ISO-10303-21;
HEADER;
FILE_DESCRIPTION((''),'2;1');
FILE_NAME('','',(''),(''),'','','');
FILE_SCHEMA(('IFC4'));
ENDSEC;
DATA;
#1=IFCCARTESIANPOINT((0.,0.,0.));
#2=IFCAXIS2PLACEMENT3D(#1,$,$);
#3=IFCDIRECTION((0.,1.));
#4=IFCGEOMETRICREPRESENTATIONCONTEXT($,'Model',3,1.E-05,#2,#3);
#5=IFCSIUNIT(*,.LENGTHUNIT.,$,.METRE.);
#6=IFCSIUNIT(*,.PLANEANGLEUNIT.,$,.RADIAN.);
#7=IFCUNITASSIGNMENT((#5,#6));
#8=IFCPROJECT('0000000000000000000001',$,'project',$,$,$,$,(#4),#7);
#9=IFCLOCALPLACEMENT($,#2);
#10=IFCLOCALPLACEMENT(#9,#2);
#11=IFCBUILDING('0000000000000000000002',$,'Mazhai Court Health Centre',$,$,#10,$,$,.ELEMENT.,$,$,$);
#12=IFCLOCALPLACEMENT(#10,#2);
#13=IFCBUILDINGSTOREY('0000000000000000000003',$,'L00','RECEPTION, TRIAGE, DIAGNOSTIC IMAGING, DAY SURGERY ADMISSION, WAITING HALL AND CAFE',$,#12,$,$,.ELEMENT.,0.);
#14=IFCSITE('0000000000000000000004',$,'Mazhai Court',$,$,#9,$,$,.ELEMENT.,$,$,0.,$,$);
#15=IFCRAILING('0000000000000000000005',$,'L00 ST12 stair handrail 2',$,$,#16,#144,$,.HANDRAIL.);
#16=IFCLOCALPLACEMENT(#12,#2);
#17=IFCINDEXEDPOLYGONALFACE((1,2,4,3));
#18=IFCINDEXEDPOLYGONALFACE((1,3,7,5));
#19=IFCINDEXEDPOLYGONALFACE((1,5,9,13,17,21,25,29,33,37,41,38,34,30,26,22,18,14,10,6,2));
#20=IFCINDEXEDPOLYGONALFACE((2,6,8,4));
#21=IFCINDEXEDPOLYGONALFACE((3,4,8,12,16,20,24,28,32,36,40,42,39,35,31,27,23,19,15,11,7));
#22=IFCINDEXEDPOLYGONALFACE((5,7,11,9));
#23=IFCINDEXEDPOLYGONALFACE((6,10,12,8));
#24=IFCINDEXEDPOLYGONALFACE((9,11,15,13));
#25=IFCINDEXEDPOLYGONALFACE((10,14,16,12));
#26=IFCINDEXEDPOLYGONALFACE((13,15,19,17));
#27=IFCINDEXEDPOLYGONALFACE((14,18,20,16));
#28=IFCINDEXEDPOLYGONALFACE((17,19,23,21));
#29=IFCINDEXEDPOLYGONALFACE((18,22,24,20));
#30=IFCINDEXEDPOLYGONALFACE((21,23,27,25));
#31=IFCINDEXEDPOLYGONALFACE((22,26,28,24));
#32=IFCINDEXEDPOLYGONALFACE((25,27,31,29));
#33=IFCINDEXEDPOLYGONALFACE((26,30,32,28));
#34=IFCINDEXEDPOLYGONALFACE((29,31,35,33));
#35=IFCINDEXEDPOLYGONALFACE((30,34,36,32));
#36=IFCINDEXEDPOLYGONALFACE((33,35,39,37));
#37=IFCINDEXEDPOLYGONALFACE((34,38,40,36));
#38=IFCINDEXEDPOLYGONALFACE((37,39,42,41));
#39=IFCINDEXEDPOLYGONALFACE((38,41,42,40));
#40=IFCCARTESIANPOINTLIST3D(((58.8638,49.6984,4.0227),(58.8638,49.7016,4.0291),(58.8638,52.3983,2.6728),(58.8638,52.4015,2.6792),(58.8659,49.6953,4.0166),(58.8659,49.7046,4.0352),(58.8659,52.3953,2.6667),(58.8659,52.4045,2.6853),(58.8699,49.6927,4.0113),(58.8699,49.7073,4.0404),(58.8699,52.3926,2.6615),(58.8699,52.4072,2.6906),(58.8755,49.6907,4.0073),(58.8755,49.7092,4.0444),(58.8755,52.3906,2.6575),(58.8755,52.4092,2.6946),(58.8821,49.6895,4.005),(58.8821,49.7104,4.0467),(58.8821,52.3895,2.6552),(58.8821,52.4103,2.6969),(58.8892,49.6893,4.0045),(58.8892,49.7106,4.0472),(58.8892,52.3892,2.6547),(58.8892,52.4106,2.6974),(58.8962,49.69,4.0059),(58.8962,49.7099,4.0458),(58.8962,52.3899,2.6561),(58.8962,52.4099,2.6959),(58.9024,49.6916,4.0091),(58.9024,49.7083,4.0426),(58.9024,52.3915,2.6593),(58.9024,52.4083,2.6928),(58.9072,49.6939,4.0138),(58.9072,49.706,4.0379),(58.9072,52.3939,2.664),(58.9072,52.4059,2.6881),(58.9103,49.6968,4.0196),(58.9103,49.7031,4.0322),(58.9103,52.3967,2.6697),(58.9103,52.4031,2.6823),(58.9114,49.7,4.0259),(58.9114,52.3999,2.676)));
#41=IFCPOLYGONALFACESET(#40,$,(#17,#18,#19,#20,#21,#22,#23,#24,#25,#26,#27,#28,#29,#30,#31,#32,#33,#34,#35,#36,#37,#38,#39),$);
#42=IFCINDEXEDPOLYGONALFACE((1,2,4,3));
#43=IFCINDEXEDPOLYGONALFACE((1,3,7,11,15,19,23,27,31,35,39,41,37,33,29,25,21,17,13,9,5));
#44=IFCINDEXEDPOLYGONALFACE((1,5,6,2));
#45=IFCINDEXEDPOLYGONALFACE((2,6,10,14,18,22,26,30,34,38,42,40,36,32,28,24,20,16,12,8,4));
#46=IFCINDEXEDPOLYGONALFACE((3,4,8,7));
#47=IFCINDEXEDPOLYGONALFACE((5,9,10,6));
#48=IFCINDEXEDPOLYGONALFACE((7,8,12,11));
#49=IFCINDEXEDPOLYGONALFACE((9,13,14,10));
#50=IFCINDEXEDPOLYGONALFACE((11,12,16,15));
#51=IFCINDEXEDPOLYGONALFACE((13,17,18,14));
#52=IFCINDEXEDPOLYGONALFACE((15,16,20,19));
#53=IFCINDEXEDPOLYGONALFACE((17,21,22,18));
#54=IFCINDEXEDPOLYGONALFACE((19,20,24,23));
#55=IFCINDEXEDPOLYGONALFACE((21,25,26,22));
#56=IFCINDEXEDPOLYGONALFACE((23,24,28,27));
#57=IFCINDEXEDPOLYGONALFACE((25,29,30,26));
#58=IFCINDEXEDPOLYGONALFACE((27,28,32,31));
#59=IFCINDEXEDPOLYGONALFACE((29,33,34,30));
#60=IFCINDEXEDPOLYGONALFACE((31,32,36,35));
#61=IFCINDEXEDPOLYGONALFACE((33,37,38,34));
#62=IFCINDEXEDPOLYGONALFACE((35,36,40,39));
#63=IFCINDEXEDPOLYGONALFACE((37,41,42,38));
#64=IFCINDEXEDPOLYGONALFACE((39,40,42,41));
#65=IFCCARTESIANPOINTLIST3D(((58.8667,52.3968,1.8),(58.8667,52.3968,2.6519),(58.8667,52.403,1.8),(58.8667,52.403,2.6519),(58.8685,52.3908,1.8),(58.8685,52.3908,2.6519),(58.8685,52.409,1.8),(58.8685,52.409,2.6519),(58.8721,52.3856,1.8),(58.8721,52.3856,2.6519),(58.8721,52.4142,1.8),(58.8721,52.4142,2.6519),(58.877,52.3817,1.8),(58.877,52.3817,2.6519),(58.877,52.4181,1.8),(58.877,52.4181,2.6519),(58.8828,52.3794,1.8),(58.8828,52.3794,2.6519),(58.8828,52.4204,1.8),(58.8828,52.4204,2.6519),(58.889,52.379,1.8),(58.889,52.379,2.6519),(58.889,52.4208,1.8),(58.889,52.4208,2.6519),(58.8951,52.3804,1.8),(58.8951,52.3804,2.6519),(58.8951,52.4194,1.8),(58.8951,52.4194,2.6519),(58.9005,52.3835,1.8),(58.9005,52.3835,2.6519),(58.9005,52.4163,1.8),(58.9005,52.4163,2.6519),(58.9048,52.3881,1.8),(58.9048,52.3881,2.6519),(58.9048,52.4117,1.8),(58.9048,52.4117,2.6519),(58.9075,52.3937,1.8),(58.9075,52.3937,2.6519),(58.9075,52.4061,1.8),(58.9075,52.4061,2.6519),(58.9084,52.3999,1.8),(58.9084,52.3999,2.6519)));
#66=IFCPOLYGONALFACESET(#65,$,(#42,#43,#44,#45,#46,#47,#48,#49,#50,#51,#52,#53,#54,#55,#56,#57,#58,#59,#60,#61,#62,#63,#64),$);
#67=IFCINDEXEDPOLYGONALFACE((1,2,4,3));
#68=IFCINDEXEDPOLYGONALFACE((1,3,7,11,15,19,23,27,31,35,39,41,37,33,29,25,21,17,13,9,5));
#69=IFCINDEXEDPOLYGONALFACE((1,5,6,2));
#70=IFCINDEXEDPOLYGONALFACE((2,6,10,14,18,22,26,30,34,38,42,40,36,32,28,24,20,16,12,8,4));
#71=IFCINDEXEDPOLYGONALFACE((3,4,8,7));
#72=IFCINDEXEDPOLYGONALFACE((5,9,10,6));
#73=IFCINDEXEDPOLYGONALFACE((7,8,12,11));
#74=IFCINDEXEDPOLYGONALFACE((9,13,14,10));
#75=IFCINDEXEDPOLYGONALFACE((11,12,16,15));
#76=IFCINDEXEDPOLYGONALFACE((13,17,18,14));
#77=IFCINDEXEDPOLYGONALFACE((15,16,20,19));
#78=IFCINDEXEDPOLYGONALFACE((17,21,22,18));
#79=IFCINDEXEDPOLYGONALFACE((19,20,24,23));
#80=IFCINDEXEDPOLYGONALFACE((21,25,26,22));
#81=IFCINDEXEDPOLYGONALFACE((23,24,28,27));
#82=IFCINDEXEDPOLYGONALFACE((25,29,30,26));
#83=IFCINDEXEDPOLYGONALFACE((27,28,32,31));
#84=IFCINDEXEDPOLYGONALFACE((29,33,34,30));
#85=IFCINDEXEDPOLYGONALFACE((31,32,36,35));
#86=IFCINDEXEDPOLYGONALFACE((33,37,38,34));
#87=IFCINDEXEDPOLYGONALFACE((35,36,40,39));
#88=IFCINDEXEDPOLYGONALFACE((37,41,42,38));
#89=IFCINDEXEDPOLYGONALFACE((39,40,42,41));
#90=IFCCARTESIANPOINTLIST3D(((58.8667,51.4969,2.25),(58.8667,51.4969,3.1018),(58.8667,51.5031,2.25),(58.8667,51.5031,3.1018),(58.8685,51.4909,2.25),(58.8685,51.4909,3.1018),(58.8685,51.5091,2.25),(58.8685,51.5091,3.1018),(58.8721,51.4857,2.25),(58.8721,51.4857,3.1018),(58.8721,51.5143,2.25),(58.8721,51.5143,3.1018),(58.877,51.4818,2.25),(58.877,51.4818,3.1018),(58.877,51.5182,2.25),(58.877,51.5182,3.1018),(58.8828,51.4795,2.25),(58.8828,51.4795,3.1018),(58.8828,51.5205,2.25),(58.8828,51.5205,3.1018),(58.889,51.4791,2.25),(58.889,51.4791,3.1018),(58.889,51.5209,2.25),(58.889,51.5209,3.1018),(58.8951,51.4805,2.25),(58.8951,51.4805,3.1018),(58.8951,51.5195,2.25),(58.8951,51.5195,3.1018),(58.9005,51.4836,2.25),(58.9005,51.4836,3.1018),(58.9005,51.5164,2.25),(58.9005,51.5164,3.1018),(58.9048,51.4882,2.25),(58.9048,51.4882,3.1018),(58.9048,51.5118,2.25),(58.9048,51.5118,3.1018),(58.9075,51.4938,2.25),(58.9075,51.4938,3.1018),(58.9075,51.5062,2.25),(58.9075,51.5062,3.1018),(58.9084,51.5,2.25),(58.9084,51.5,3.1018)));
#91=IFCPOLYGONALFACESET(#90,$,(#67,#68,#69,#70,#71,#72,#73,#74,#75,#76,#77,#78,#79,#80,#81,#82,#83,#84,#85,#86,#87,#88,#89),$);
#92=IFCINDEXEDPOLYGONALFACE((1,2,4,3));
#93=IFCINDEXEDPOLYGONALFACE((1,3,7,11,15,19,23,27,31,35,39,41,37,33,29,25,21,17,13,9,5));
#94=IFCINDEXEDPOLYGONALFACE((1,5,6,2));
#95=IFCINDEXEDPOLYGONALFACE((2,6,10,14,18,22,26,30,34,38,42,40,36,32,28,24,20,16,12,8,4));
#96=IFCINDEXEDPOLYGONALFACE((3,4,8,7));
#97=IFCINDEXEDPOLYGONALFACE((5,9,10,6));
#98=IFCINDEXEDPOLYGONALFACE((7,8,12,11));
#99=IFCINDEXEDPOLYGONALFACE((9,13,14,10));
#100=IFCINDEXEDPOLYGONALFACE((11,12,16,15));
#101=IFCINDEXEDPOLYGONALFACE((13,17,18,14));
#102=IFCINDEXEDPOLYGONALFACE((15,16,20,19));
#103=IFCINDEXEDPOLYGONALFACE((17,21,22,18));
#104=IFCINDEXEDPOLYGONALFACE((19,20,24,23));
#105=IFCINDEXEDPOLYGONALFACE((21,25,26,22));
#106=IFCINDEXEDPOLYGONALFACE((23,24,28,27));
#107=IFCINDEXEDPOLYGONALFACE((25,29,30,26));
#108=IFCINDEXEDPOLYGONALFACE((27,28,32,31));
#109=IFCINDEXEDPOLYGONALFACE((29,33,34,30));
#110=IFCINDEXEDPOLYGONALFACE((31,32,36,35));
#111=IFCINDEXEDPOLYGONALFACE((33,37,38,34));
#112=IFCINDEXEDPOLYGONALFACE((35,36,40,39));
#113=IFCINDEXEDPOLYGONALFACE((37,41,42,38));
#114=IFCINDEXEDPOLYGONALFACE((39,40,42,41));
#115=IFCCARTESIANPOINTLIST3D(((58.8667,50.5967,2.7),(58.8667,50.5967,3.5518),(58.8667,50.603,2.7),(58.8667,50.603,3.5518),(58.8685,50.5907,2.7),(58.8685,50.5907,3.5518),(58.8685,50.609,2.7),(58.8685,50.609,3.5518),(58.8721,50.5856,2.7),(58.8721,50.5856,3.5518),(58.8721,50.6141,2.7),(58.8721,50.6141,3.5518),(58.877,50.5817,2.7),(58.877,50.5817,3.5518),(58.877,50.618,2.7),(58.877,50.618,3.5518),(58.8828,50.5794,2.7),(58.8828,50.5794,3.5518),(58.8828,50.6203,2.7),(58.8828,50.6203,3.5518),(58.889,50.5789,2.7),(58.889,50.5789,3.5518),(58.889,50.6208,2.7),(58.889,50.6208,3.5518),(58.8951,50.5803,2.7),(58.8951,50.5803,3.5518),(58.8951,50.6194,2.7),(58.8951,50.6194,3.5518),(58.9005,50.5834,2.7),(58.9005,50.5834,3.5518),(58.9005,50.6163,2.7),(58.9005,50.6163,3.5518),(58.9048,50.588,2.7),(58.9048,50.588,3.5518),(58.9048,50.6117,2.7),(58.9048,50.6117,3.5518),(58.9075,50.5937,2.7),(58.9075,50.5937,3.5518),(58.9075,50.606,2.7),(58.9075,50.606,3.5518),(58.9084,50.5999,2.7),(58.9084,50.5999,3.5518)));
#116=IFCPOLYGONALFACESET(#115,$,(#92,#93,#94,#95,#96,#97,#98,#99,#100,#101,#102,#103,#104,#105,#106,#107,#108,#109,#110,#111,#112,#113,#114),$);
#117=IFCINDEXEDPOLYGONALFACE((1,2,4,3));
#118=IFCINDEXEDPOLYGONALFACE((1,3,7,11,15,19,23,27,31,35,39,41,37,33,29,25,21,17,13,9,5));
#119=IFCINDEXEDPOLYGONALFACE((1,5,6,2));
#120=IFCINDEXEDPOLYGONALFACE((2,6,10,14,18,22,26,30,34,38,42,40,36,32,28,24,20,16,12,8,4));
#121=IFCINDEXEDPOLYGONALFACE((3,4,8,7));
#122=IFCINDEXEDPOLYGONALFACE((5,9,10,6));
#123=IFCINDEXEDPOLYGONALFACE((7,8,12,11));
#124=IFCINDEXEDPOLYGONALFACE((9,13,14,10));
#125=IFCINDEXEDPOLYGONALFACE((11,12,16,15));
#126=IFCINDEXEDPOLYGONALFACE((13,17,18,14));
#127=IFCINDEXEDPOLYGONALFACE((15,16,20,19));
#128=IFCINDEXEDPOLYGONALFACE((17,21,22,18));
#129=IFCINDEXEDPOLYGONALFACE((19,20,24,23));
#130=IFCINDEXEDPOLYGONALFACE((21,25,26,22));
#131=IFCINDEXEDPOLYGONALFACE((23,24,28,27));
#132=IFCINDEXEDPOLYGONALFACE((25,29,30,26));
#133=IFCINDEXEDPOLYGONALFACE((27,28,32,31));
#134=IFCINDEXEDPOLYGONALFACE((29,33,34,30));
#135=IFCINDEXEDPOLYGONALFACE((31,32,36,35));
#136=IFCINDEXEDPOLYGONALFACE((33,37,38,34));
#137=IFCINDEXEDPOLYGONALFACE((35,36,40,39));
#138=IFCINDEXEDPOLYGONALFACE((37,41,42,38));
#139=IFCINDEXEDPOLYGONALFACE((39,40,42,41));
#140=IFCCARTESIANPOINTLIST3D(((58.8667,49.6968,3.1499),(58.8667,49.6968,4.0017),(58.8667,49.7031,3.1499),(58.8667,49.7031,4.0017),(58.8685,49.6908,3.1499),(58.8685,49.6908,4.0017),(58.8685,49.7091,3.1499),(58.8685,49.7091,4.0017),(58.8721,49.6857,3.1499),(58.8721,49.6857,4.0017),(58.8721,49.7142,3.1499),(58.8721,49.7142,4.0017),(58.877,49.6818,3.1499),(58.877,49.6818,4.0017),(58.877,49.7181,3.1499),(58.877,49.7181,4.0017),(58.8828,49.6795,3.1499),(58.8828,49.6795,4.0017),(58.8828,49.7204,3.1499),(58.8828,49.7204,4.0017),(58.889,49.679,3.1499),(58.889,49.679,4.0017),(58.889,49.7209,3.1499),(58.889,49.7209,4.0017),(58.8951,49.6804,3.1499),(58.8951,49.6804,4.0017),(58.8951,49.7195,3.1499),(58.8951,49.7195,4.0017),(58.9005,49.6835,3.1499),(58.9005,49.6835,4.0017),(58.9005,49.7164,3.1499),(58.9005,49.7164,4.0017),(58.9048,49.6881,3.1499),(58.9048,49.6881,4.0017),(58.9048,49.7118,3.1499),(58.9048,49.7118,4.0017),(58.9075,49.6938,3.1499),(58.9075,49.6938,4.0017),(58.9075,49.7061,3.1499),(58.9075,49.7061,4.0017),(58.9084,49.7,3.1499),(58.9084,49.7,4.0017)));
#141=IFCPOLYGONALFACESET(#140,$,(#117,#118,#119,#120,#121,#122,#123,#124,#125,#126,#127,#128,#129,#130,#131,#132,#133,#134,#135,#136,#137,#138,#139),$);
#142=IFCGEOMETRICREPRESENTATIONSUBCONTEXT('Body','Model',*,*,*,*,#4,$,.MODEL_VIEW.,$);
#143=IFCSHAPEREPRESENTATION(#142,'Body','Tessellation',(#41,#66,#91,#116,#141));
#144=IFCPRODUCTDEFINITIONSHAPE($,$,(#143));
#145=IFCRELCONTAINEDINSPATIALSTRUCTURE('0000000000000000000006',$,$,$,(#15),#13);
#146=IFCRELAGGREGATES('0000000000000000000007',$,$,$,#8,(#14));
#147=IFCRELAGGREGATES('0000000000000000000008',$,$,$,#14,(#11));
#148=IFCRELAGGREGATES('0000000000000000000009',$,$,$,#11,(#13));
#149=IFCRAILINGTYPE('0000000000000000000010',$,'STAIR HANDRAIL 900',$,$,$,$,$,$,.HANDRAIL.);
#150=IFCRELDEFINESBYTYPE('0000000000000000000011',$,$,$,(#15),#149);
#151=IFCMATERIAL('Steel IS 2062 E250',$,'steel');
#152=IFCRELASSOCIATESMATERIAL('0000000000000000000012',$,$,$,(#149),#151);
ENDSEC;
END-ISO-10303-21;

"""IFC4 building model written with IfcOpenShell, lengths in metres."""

from ifc_helpers import new_model, si_unit, direction, frame, origin, origin_2d, place, context, subcontext, project, spatial, circle, extrude, material, type_object, element, save


model = new_model("IFC4")

# Units and contexts
model_context = context("Model", 3, precision=1e-05, world=origin(), true_north=direction((0.0, 1.0)))
body_context = subcontext(model_context, "Body", "Model", "MODEL_VIEW")
ifc_project = project(units=[si_unit("LENGTHUNIT", "METRE"), si_unit("PLANEANGLEUNIT", "RADIAN")], contexts=[model_context])

# Site, building, storey
site_placement = place(None, origin())
site = spatial("IfcSite", under=ifc_project, at=site_placement, Name="Mazhai Court", CompositionType="ELEMENT", RefElevation=0.0)
building_placement = place(site_placement, origin())
building = spatial("IfcBuilding", under=site, at=building_placement, Name="Mazhai Court Health Centre", CompositionType="ELEMENT")
storey_placement = place(building_placement, origin())
storey = spatial("IfcBuildingStorey", under=building, at=storey_placement, Name="L00", Description="RECEPTION, TRIAGE, DIAGNOSTIC IMAGING, DAY SURGERY ADMISSION, WAITING HALL AND CAFE", CompositionType="ELEMENT", Elevation=0.0)

# Railing
ifc_material_1 = material(Name="Steel IS 2062 E250", Category="steel")
railing_type_1 = type_object("IfcRailingType", Name="STAIR HANDRAIL 900", PredefinedType="HANDRAIL", material=ifc_material_1)
railing_1_placement = place(storey_placement, frame((58.8875, 52.3999, 1.8)))
element("IfcRailing", 1, at=railing_1_placement, inside=storey, type_object=railing_type_1, Name="L00 ST12 stair handrail 2", PredefinedType="HANDRAIL", context=body_context, shape_type="SweptSolid", body=[
    extrude(circle(Radius=0.0239, at=origin_2d()), frame((0.0, 0.0, 0.876), z_axis=(0.0, -0.894443, 0.447181), x_axis=(1.0, 0.0, 0.0)), (0.0, 0.0, 1.0), 3.0186),
    extrude(circle(Radius=0.021, at=origin_2d()), origin(), (0.0, 0.0, 1.0), 0.8518),
    extrude(circle(Radius=0.021, at=origin_2d()), frame((0.0, -0.8999, 0.45)), (0.0, 0.0, 1.0), 0.8518),
    extrude(circle(Radius=0.021, at=origin_2d()), frame((0.0, -1.8, 0.8999)), (0.0, 0.0, 1.0), 0.8518),
    extrude(circle(Radius=0.021, at=origin_2d()), frame((0.0, -2.7, 1.3499)), (0.0, 0.0, 1.0), 0.8518),
])

save(model, "model.ifc")
